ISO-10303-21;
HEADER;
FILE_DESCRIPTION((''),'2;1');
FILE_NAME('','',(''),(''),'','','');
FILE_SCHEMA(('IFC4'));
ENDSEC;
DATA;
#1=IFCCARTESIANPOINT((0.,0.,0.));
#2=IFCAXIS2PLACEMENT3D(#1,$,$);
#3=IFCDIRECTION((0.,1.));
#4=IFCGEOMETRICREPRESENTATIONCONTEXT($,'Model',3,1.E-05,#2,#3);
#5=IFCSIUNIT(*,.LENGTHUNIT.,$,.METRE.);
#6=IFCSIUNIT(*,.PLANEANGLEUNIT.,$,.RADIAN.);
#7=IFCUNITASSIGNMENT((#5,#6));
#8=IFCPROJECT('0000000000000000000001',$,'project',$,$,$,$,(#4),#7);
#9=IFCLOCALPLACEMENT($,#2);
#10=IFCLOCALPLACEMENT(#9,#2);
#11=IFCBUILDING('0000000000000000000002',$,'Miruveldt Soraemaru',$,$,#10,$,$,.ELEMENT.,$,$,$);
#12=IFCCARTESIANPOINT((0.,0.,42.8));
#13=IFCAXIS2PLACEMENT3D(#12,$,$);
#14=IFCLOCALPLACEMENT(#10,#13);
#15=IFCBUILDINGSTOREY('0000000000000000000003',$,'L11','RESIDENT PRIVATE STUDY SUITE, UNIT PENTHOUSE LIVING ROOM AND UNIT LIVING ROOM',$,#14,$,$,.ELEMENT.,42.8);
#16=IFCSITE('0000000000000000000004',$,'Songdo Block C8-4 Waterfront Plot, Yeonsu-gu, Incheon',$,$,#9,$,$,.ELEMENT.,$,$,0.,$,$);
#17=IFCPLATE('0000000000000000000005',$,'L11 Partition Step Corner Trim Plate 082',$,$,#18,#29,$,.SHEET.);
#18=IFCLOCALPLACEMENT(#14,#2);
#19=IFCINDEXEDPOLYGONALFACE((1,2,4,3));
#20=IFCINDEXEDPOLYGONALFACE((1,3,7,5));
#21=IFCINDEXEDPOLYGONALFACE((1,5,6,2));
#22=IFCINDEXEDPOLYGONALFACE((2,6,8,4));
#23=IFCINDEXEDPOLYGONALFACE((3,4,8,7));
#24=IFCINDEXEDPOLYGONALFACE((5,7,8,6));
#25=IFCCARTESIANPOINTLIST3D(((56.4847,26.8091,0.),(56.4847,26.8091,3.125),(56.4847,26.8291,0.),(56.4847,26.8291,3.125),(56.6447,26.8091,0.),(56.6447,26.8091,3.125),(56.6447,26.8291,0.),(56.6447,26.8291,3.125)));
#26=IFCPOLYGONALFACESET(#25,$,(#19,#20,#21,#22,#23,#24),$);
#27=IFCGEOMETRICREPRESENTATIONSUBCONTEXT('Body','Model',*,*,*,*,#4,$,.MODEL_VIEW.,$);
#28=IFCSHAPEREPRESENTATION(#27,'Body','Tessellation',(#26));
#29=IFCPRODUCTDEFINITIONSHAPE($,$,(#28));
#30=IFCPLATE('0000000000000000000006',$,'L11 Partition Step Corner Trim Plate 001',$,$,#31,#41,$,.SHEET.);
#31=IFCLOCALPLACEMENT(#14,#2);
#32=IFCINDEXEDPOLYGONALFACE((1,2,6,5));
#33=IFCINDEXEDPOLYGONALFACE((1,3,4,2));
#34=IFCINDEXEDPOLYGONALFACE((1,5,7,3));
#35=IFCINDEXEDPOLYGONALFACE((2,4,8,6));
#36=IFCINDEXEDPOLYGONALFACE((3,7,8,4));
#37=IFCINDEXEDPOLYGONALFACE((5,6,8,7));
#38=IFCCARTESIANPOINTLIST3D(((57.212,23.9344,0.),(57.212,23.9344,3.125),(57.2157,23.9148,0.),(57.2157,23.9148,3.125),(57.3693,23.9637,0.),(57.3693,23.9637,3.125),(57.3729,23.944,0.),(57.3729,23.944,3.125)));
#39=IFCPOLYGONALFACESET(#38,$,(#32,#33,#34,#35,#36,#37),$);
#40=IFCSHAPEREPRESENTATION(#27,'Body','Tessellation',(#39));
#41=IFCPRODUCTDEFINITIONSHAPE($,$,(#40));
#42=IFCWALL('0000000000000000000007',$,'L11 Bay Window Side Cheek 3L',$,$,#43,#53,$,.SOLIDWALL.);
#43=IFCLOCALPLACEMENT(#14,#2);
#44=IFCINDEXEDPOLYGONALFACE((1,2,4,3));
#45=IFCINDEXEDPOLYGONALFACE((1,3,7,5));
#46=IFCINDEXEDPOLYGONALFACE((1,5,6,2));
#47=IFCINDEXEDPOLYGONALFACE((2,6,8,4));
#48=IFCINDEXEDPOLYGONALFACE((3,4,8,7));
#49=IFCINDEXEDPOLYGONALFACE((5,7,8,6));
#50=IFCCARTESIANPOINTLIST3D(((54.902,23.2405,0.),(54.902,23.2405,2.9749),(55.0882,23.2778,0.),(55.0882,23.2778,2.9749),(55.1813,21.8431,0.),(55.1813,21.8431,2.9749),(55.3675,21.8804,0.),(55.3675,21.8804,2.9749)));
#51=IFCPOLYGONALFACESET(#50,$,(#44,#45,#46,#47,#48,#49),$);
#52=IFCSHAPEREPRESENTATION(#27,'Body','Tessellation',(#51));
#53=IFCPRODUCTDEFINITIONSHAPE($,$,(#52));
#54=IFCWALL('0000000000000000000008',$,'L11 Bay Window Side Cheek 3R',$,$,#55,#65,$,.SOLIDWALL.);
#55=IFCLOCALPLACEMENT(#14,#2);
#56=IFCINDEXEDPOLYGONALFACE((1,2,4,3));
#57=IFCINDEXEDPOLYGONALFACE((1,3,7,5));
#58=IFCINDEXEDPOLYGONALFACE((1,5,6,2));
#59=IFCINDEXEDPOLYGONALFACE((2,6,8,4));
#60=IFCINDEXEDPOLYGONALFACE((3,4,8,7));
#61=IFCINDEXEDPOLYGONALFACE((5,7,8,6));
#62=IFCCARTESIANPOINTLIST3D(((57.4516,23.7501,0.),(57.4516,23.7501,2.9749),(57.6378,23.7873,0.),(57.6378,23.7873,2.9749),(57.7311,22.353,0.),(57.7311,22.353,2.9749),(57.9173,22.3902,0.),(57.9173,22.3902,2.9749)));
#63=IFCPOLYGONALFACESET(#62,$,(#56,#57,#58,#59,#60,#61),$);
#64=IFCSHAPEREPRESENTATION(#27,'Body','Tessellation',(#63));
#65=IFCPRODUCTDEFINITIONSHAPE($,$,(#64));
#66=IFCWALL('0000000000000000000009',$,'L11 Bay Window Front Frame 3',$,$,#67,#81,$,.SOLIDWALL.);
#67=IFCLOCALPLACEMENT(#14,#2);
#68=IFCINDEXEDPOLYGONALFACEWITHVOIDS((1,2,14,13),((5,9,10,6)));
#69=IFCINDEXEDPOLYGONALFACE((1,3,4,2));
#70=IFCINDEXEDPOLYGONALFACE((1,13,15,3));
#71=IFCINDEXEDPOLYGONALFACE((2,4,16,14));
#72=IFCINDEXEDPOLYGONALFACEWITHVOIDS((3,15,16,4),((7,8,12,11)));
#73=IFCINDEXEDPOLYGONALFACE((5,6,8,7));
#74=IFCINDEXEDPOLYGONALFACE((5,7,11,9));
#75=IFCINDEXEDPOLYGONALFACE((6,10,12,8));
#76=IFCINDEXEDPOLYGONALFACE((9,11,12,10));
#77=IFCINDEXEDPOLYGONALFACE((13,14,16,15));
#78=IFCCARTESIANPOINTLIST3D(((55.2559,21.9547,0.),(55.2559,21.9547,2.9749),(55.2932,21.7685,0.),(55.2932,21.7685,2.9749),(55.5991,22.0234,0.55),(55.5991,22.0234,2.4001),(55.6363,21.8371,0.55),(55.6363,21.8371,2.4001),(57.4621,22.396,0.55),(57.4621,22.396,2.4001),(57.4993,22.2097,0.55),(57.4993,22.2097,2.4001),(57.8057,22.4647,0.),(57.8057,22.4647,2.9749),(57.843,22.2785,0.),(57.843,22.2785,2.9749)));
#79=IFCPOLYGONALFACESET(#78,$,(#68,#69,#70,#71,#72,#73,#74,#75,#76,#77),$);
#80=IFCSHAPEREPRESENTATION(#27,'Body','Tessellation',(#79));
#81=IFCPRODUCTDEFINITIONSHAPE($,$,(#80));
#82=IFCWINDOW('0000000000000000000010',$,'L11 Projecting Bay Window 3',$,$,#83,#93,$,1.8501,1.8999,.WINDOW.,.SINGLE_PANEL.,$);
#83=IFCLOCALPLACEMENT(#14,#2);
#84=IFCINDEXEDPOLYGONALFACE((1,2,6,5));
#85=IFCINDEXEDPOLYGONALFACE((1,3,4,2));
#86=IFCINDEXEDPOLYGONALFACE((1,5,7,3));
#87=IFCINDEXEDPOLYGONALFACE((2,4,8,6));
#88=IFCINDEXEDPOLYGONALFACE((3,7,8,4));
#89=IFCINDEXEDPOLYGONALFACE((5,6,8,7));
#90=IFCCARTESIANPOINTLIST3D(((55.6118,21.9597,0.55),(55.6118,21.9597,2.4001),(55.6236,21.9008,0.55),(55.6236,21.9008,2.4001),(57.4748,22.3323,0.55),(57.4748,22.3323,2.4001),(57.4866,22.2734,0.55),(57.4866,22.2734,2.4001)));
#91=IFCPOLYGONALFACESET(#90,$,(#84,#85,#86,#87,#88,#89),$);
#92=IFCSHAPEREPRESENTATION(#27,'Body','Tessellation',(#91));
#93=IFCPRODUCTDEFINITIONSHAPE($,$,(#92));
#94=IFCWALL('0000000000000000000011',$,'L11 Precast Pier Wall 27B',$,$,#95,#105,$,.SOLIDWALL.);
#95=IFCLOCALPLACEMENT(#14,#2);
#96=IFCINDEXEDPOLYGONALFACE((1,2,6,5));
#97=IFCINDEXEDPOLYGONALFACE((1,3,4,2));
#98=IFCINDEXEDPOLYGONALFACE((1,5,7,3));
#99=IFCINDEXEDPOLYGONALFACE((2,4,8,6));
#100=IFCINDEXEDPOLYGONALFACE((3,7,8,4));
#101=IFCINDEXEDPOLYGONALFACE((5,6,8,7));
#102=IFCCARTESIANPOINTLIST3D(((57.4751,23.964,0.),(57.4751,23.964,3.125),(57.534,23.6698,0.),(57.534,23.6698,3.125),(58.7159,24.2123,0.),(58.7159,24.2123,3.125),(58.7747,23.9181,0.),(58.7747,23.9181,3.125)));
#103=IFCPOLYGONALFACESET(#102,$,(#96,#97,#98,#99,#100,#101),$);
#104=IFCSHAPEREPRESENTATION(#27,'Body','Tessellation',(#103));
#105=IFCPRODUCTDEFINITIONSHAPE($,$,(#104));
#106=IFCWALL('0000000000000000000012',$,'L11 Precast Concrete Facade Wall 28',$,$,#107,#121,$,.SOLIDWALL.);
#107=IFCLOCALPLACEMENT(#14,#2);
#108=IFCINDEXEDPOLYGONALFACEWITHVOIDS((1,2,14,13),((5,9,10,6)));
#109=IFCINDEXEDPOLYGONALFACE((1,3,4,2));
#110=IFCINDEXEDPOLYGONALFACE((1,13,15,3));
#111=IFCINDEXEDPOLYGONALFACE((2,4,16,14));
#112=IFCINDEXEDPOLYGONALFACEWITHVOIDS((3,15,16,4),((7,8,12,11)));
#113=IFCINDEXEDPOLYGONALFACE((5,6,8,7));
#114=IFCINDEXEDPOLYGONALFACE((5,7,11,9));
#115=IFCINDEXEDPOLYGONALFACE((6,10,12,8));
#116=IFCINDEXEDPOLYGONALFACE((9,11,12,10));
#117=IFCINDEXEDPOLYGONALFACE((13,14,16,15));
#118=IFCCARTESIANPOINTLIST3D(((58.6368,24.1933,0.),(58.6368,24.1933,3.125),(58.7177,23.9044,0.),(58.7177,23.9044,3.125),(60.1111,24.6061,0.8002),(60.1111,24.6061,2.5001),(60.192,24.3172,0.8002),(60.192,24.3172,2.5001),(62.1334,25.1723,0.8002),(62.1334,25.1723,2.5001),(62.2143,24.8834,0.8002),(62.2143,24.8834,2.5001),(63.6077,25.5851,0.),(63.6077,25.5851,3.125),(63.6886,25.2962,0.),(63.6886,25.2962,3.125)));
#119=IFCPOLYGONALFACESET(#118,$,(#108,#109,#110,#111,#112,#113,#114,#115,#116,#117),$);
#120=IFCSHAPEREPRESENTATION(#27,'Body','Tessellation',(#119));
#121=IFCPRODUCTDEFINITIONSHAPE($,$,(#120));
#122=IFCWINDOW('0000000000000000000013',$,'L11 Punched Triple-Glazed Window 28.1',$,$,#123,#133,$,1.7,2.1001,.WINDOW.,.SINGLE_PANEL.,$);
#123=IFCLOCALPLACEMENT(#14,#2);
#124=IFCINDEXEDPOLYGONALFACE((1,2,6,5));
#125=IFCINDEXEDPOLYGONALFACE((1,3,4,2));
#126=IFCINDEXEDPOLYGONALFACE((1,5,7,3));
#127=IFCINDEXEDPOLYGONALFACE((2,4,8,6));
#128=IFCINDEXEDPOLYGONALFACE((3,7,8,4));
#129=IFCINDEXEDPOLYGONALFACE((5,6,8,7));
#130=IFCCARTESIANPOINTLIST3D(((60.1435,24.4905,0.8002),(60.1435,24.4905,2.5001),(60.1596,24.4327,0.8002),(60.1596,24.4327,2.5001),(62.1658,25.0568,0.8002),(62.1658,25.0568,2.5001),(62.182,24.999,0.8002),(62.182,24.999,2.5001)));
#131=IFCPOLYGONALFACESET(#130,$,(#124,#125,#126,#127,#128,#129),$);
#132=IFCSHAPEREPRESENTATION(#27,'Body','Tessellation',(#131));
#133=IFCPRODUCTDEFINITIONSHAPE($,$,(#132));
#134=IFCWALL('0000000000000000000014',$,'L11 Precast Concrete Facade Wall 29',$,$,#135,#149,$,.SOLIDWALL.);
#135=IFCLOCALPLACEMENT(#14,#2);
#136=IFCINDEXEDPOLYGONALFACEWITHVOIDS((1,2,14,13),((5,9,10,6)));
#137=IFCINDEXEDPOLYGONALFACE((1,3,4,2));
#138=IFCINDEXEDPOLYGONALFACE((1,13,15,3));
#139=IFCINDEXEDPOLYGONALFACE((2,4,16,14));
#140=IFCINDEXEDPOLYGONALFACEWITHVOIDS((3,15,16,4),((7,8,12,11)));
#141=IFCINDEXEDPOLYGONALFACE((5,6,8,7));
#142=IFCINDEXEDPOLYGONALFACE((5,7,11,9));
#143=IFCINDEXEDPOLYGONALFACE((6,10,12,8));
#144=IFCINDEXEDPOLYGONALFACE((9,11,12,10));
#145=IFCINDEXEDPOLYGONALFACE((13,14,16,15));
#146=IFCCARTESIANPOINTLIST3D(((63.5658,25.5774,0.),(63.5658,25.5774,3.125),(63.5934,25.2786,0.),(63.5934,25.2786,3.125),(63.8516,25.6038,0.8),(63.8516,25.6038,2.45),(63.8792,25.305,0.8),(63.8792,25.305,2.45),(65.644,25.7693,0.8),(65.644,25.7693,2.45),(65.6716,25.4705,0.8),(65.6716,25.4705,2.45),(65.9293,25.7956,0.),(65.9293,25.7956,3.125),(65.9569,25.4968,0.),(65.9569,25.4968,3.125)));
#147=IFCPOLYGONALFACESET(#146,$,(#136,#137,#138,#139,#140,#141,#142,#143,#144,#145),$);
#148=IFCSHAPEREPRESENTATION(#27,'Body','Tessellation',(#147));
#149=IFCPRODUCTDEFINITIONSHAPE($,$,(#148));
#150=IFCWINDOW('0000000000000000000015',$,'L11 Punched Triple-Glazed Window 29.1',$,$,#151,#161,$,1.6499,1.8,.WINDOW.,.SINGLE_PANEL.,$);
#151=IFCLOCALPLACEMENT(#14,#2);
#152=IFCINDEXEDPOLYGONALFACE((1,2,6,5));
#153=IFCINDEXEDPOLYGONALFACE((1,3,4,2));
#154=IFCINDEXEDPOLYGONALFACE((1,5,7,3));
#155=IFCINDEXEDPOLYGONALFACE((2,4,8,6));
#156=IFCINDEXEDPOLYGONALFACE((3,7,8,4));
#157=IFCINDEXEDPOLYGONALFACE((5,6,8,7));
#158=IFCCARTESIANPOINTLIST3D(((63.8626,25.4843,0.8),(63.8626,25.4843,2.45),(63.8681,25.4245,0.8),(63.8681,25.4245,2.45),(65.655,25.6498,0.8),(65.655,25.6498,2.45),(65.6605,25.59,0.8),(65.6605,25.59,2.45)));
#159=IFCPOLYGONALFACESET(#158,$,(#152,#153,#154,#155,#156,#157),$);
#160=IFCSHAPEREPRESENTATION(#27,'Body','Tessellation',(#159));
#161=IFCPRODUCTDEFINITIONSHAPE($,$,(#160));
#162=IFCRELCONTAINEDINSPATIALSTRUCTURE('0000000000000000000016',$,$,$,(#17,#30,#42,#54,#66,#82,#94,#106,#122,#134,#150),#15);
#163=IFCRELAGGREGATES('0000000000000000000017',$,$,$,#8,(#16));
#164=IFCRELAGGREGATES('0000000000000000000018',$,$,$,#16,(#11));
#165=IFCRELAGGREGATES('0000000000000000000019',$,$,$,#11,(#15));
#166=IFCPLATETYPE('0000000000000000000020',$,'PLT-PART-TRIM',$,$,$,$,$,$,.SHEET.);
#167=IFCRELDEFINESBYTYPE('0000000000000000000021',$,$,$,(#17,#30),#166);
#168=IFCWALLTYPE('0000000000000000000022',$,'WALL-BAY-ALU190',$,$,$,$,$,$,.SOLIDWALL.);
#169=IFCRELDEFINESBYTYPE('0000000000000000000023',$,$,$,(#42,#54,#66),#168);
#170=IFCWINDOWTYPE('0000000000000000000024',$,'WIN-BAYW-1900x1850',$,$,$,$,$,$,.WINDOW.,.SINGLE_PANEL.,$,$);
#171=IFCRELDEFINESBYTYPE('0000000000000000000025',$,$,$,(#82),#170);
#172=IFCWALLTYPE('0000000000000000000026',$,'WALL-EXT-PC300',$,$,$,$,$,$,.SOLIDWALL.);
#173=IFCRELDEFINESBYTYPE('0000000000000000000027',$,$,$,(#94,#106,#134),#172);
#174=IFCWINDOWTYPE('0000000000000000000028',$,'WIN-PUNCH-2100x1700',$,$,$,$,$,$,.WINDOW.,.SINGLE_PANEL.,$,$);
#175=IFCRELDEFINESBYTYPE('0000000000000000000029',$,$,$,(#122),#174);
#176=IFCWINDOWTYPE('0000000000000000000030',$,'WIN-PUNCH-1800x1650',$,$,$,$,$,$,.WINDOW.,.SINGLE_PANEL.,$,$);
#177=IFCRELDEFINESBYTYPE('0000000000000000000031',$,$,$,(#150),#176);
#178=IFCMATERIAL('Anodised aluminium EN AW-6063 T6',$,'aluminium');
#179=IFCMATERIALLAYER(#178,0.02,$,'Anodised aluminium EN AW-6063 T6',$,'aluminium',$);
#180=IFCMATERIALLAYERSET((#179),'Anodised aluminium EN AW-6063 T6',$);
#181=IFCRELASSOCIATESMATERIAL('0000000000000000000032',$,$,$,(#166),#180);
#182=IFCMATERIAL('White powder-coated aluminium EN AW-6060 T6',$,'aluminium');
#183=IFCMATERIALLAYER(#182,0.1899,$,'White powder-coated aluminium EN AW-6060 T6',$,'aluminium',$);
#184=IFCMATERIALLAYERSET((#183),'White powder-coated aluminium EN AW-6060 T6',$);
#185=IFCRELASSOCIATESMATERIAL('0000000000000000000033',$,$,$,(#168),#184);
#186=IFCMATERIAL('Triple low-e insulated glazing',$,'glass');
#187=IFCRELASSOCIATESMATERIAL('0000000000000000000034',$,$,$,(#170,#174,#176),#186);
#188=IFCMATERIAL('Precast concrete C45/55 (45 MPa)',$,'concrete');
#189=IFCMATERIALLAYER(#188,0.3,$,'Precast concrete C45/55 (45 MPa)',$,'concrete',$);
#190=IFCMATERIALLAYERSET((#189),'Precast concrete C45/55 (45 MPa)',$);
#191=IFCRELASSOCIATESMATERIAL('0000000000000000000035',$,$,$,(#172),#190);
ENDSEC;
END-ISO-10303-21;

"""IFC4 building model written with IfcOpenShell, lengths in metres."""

from ifc_helpers import new_model, si_unit, direction, frame, frame_2d, origin, origin_2d, place, context, subcontext, project, spatial, rectangle, extrude, material, layer, layer_set, type_object, element, fill, save


model = new_model("IFC4")

# Units and contexts
model_context = context("Model", 3, precision=1e-05, world=origin(), true_north=direction((0.0, 1.0)))
body_context = subcontext(model_context, "Body", "Model", "MODEL_VIEW")
ifc_project = project(units=[si_unit("LENGTHUNIT", "METRE"), si_unit("PLANEANGLEUNIT", "RADIAN")], contexts=[model_context])

# Site, building, storey
site_placement = place(None, origin())
site = spatial("IfcSite", under=ifc_project, at=site_placement, Name="Songdo Block C8-4 Waterfront Plot, Yeonsu-gu, Incheon", CompositionType="ELEMENT", RefElevation=0.0)
building_placement = place(site_placement, origin())
building = spatial("IfcBuilding", under=site, at=building_placement, Name="Miruveldt Soraemaru", CompositionType="ELEMENT")
storey_placement = place(building_placement, frame((0.0, 0.0, 42.8)))
storey = spatial("IfcBuildingStorey", under=building, at=storey_placement, Name="L11", Description="RESIDENT PRIVATE STUDY SUITE, UNIT PENTHOUSE LIVING ROOM AND UNIT LIVING ROOM", CompositionType="ELEMENT", Elevation=42.8)

# Plates
ifc_material_1 = material(Name="Anodised aluminium EN AW-6063 T6", Category="aluminium")
ifc_layer_1 = layer(ifc_material_1, 0.02, Name="Anodised aluminium EN AW-6063 T6", Category="aluminium")
ifc_layer_set_1 = layer_set([ifc_layer_1], Name="Anodised aluminium EN AW-6063 T6")
plate_type = type_object("IfcPlateType", Name="PLT-PART-TRIM", PredefinedType="SHEET", material=ifc_layer_set_1)
for number, where, z_axis, x_axis, name in (
    (1, (56.5647, 26.8191, 0.0), (0.0, 0.0, 1.0), (1.0, 0.0, 0.0), "L11 Partition Step Corner Trim Plate 082"),
    (2, (57.2925, 23.9392, 0.0), (0.0, 0.0, 1.0), (0.983159, 0.18275, 0.0), "L11 Partition Step Corner Trim Plate 001"),
):
    element("IfcPlate", number, at=place(storey_placement, frame(where, z_axis=z_axis, x_axis=x_axis)), inside=storey, type_object=plate_type, Name=name, PredefinedType="SHEET", context=body_context, shape_type="SweptSolid", body=[
        extrude(rectangle(XDim=0.1599, YDim=0.02, at=origin_2d()), origin(), (0.0, 0.0, 1.0), 3.125),
    ])

# Walls
ifc_material_2 = material(Name="White powder-coated aluminium EN AW-6060 T6", Category="aluminium")
ifc_layer_2 = layer(ifc_material_2, 0.1899, Name="White powder-coated aluminium EN AW-6060 T6", Category="aluminium")
ifc_layer_set_2 = layer_set([ifc_layer_2], Name="White powder-coated aluminium EN AW-6060 T6")
wall_type_1 = type_object("IfcWallType", Name="WALL-BAY-ALU190", PredefinedType="SOLIDWALL", material=ifc_layer_set_2)
wall_1_placement = place(storey_placement, frame((54.9951, 23.259, 0.0), z_axis=(0.0, 0.0, 1.0), x_axis=(0.195984, -0.980607, 0.0)))
element("IfcWall", 3, at=wall_1_placement, inside=storey, type_object=wall_type_1, Name="L11 Bay Window Side Cheek 3L", PredefinedType="SOLIDWALL", context=body_context, shape_type="SweptSolid", body=[
    extrude(rectangle(XDim=1.425, YDim=0.1899, at=frame_2d((0.7124, 0.0))), origin(), (0.0, 0.0, 1.0), 2.9749),
])
wall_2_placement = place(storey_placement, frame((57.8242, 22.3716, 0.0), z_axis=(0.0, 0.0, 1.0), x_axis=(-0.196182, 0.980567, 0.0)))
element("IfcWall", 4, at=wall_2_placement, inside=storey, type_object=wall_type_1, Name="L11 Bay Window Side Cheek 3R", PredefinedType="SOLIDWALL", context=body_context, shape_type="SweptSolid", body=[
    extrude(rectangle(XDim=1.4248, YDim=0.1899, at=frame_2d((0.7124, 0.0))), origin(), (0.0, 0.0, 1.0), 2.9749),
])

# Wall, opening, window
wall_3_placement = place(storey_placement, frame((55.2744, 21.8616, 0.0), z_axis=(0.0, 0.0, 1.0), x_axis=(0.980577, 0.196134, 0.0)))
wall_3 = element("IfcWall", 5, at=wall_3_placement, inside=storey, type_object=wall_type_1, Name="L11 Bay Window Front Frame 3", PredefinedType="SOLIDWALL", context=body_context, shape_type="SweptSolid", body=[
    extrude(rectangle(XDim=2.6003, YDim=0.1899, at=frame_2d((1.3003, 0.0))), origin(), (0.0, 0.0, 1.0), 2.9749),
])
opening_1_placement = place(wall_3_placement, frame((0.3501, 0.0, 0.55)))
opening_1 = element("IfcOpeningElement", 6, at=opening_1_placement, cuts=wall_3, PredefinedType="OPENING", context=body_context, shape_type="SweptSolid", body=[
    extrude(rectangle(XDim=1.8999, YDim=1.8501, at=frame_2d((0.95, 0.925))), frame((0.0, 0.105, 0.0), z_axis=(0.0, -1.0, 0.0), x_axis=(1.0, 0.0, 0.0)), (0.0, 0.0, 1.0), 0.21),
])
ifc_material_3 = material(Name="Triple low-e insulated glazing", Category="glass")
window_type_1 = type_object("IfcWindowType", Name="WIN-BAYW-1900x1850", PartitioningType="SINGLE_PANEL", PredefinedType="WINDOW", material=ifc_material_3)
window_1_placement = place(opening_1_placement, origin())
window_1 = element("IfcWindow", 7, at=window_1_placement, inside=storey, type_object=window_type_1, Name="L11 Projecting Bay Window 3", OverallHeight=1.8501, OverallWidth=1.8999, PartitioningType="SINGLE_PANEL", PredefinedType="WINDOW", context=body_context, shape_type="SweptSolid", body=[
    extrude(rectangle(XDim=1.8999, YDim=1.8501, at=frame_2d((0.95, 0.925))), frame((0.0, 0.03, 0.0), z_axis=(0.0, -1.0, 0.0), x_axis=(1.0, 0.0, 0.0)), (0.0, 0.0, 1.0), 0.0601),
])
fill(opening_1, window_1)

# Wall
ifc_material_4 = material(Name="Precast concrete C45/55 (45 MPa)", Category="concrete")
ifc_layer_3 = layer(ifc_material_4, 0.3, Name="Precast concrete C45/55 (45 MPa)", Category="concrete")
ifc_layer_set_3 = layer_set([ifc_layer_3], Name="Precast concrete C45/55 (45 MPa)")
wall_type_2 = type_object("IfcWallType", Name="WALL-EXT-PC300", PredefinedType="SOLIDWALL", material=ifc_layer_set_3)
wall_4_placement = place(storey_placement, frame((57.5044, 23.8169, 0.0), z_axis=(0.0, 0.0, 1.0), x_axis=(0.980558, 0.196227, 0.0)))
element("IfcWall", 8, at=wall_4_placement, inside=storey, type_object=wall_type_2, Name="L11 Precast Pier Wall 27B", PredefinedType="SOLIDWALL", context=body_context, shape_type="SweptSolid", body=[
    extrude(rectangle(XDim=1.2654, YDim=0.3, at=frame_2d((0.6328, 0.0))), origin(), (0.0, 0.0, 1.0), 3.125),
])

# Walls, openings, windows
wall_5_placement = place(storey_placement, frame((58.6772, 24.0488, 0.0), z_axis=(0.0, 0.0, 1.0), x_axis=(0.962965, 0.269626, 0.0)))
wall_5 = element("IfcWall", 9, at=wall_5_placement, inside=storey, type_object=wall_type_2, Name="L11 Precast Concrete Facade Wall 28", PredefinedType="SOLIDWALL", context=body_context, shape_type="SweptSolid", body=[
    extrude(rectangle(XDim=5.1621, YDim=0.3, at=frame_2d((2.5811, 0.0))), origin(), (0.0, 0.0, 1.0), 3.125),
])
opening_2_placement = place(wall_5_placement, frame((1.531, 0.0, 0.8)))
opening_2 = element("IfcOpeningElement", 10, at=opening_2_placement, cuts=wall_5, PredefinedType="OPENING", context=body_context, shape_type="SweptSolid", body=[
    extrude(rectangle(XDim=2.1001, YDim=1.7, at=frame_2d((1.05, 0.8501))), frame((0.0, 0.1602, 0.0), z_axis=(0.0, -1.0, 0.0), x_axis=(1.0, 0.0, 0.0)), (0.0, 0.0, 1.0), 0.3201),
])
window_type_2 = type_object("IfcWindowType", Name="WIN-PUNCH-2100x1700", PartitioningType="SINGLE_PANEL", PredefinedType="WINDOW", material=ifc_material_3)
window_2_placement = place(opening_2_placement, origin())
window_2 = element("IfcWindow", 11, at=window_2_placement, inside=storey, type_object=window_type_2, Name="L11 Punched Triple-Glazed Window 28.1", OverallHeight=1.7, OverallWidth=2.1001, PartitioningType="SINGLE_PANEL", PredefinedType="WINDOW", context=body_context, shape_type="SweptSolid", body=[
    extrude(rectangle(XDim=2.1001, YDim=1.7, at=frame_2d((1.05, 0.8501))), frame((0.0, 0.03, 0.0), z_axis=(0.0, -1.0, 0.0), x_axis=(1.0, 0.0, 0.0)), (0.0, 0.0, 1.0), 0.0601),
])
fill(opening_2, window_2)
wall_6_placement = place(storey_placement, frame((63.5796, 25.428, 0.0), z_axis=(0.0, 0.0, 1.0), x_axis=(0.995763, 0.091955, 0.0)))
wall_6 = element("IfcWall", 12, at=wall_6_placement, inside=storey, type_object=wall_type_2, Name="L11 Precast Concrete Facade Wall 29", PredefinedType="SOLIDWALL", context=body_context, shape_type="SweptSolid", body=[
    extrude(rectangle(XDim=2.3735, YDim=0.3, at=frame_2d((1.1868, 0.0))), origin(), (0.0, 0.0, 1.0), 3.125),
])
opening_3_placement = place(wall_6_placement, frame((0.2871, 0.0, 0.8)))
opening_3 = element("IfcOpeningElement", 13, at=opening_3_placement, cuts=wall_6, PredefinedType="OPENING", context=body_context, shape_type="SweptSolid", body=[
    extrude(rectangle(XDim=1.8, YDim=1.6499, at=frame_2d((0.8999, 0.825))), frame((0.0, 0.1602, 0.0), z_axis=(0.0, -1.0, 0.0), x_axis=(1.0, 0.0, 0.0)), (0.0, 0.0, 1.0), 0.3201),
])
window_type_3 = type_object("IfcWindowType", Name="WIN-PUNCH-1800x1650", PartitioningType="SINGLE_PANEL", PredefinedType="WINDOW", material=ifc_material_3)
window_3_placement = place(opening_3_placement, origin())
window_3 = element("IfcWindow", 14, at=window_3_placement, inside=storey, type_object=window_type_3, Name="L11 Punched Triple-Glazed Window 29.1", OverallHeight=1.6499, OverallWidth=1.8, PartitioningType="SINGLE_PANEL", PredefinedType="WINDOW", context=body_context, shape_type="SweptSolid", body=[
    extrude(rectangle(XDim=1.8, YDim=1.6499, at=frame_2d((0.8999, 0.825))), frame((0.0, 0.03, 0.0), z_axis=(0.0, -1.0, 0.0), x_axis=(1.0, 0.0, 0.0)), (0.0, 0.0, 1.0), 0.0601),
])
fill(opening_3, window_3)

save(model, "model.ifc")
